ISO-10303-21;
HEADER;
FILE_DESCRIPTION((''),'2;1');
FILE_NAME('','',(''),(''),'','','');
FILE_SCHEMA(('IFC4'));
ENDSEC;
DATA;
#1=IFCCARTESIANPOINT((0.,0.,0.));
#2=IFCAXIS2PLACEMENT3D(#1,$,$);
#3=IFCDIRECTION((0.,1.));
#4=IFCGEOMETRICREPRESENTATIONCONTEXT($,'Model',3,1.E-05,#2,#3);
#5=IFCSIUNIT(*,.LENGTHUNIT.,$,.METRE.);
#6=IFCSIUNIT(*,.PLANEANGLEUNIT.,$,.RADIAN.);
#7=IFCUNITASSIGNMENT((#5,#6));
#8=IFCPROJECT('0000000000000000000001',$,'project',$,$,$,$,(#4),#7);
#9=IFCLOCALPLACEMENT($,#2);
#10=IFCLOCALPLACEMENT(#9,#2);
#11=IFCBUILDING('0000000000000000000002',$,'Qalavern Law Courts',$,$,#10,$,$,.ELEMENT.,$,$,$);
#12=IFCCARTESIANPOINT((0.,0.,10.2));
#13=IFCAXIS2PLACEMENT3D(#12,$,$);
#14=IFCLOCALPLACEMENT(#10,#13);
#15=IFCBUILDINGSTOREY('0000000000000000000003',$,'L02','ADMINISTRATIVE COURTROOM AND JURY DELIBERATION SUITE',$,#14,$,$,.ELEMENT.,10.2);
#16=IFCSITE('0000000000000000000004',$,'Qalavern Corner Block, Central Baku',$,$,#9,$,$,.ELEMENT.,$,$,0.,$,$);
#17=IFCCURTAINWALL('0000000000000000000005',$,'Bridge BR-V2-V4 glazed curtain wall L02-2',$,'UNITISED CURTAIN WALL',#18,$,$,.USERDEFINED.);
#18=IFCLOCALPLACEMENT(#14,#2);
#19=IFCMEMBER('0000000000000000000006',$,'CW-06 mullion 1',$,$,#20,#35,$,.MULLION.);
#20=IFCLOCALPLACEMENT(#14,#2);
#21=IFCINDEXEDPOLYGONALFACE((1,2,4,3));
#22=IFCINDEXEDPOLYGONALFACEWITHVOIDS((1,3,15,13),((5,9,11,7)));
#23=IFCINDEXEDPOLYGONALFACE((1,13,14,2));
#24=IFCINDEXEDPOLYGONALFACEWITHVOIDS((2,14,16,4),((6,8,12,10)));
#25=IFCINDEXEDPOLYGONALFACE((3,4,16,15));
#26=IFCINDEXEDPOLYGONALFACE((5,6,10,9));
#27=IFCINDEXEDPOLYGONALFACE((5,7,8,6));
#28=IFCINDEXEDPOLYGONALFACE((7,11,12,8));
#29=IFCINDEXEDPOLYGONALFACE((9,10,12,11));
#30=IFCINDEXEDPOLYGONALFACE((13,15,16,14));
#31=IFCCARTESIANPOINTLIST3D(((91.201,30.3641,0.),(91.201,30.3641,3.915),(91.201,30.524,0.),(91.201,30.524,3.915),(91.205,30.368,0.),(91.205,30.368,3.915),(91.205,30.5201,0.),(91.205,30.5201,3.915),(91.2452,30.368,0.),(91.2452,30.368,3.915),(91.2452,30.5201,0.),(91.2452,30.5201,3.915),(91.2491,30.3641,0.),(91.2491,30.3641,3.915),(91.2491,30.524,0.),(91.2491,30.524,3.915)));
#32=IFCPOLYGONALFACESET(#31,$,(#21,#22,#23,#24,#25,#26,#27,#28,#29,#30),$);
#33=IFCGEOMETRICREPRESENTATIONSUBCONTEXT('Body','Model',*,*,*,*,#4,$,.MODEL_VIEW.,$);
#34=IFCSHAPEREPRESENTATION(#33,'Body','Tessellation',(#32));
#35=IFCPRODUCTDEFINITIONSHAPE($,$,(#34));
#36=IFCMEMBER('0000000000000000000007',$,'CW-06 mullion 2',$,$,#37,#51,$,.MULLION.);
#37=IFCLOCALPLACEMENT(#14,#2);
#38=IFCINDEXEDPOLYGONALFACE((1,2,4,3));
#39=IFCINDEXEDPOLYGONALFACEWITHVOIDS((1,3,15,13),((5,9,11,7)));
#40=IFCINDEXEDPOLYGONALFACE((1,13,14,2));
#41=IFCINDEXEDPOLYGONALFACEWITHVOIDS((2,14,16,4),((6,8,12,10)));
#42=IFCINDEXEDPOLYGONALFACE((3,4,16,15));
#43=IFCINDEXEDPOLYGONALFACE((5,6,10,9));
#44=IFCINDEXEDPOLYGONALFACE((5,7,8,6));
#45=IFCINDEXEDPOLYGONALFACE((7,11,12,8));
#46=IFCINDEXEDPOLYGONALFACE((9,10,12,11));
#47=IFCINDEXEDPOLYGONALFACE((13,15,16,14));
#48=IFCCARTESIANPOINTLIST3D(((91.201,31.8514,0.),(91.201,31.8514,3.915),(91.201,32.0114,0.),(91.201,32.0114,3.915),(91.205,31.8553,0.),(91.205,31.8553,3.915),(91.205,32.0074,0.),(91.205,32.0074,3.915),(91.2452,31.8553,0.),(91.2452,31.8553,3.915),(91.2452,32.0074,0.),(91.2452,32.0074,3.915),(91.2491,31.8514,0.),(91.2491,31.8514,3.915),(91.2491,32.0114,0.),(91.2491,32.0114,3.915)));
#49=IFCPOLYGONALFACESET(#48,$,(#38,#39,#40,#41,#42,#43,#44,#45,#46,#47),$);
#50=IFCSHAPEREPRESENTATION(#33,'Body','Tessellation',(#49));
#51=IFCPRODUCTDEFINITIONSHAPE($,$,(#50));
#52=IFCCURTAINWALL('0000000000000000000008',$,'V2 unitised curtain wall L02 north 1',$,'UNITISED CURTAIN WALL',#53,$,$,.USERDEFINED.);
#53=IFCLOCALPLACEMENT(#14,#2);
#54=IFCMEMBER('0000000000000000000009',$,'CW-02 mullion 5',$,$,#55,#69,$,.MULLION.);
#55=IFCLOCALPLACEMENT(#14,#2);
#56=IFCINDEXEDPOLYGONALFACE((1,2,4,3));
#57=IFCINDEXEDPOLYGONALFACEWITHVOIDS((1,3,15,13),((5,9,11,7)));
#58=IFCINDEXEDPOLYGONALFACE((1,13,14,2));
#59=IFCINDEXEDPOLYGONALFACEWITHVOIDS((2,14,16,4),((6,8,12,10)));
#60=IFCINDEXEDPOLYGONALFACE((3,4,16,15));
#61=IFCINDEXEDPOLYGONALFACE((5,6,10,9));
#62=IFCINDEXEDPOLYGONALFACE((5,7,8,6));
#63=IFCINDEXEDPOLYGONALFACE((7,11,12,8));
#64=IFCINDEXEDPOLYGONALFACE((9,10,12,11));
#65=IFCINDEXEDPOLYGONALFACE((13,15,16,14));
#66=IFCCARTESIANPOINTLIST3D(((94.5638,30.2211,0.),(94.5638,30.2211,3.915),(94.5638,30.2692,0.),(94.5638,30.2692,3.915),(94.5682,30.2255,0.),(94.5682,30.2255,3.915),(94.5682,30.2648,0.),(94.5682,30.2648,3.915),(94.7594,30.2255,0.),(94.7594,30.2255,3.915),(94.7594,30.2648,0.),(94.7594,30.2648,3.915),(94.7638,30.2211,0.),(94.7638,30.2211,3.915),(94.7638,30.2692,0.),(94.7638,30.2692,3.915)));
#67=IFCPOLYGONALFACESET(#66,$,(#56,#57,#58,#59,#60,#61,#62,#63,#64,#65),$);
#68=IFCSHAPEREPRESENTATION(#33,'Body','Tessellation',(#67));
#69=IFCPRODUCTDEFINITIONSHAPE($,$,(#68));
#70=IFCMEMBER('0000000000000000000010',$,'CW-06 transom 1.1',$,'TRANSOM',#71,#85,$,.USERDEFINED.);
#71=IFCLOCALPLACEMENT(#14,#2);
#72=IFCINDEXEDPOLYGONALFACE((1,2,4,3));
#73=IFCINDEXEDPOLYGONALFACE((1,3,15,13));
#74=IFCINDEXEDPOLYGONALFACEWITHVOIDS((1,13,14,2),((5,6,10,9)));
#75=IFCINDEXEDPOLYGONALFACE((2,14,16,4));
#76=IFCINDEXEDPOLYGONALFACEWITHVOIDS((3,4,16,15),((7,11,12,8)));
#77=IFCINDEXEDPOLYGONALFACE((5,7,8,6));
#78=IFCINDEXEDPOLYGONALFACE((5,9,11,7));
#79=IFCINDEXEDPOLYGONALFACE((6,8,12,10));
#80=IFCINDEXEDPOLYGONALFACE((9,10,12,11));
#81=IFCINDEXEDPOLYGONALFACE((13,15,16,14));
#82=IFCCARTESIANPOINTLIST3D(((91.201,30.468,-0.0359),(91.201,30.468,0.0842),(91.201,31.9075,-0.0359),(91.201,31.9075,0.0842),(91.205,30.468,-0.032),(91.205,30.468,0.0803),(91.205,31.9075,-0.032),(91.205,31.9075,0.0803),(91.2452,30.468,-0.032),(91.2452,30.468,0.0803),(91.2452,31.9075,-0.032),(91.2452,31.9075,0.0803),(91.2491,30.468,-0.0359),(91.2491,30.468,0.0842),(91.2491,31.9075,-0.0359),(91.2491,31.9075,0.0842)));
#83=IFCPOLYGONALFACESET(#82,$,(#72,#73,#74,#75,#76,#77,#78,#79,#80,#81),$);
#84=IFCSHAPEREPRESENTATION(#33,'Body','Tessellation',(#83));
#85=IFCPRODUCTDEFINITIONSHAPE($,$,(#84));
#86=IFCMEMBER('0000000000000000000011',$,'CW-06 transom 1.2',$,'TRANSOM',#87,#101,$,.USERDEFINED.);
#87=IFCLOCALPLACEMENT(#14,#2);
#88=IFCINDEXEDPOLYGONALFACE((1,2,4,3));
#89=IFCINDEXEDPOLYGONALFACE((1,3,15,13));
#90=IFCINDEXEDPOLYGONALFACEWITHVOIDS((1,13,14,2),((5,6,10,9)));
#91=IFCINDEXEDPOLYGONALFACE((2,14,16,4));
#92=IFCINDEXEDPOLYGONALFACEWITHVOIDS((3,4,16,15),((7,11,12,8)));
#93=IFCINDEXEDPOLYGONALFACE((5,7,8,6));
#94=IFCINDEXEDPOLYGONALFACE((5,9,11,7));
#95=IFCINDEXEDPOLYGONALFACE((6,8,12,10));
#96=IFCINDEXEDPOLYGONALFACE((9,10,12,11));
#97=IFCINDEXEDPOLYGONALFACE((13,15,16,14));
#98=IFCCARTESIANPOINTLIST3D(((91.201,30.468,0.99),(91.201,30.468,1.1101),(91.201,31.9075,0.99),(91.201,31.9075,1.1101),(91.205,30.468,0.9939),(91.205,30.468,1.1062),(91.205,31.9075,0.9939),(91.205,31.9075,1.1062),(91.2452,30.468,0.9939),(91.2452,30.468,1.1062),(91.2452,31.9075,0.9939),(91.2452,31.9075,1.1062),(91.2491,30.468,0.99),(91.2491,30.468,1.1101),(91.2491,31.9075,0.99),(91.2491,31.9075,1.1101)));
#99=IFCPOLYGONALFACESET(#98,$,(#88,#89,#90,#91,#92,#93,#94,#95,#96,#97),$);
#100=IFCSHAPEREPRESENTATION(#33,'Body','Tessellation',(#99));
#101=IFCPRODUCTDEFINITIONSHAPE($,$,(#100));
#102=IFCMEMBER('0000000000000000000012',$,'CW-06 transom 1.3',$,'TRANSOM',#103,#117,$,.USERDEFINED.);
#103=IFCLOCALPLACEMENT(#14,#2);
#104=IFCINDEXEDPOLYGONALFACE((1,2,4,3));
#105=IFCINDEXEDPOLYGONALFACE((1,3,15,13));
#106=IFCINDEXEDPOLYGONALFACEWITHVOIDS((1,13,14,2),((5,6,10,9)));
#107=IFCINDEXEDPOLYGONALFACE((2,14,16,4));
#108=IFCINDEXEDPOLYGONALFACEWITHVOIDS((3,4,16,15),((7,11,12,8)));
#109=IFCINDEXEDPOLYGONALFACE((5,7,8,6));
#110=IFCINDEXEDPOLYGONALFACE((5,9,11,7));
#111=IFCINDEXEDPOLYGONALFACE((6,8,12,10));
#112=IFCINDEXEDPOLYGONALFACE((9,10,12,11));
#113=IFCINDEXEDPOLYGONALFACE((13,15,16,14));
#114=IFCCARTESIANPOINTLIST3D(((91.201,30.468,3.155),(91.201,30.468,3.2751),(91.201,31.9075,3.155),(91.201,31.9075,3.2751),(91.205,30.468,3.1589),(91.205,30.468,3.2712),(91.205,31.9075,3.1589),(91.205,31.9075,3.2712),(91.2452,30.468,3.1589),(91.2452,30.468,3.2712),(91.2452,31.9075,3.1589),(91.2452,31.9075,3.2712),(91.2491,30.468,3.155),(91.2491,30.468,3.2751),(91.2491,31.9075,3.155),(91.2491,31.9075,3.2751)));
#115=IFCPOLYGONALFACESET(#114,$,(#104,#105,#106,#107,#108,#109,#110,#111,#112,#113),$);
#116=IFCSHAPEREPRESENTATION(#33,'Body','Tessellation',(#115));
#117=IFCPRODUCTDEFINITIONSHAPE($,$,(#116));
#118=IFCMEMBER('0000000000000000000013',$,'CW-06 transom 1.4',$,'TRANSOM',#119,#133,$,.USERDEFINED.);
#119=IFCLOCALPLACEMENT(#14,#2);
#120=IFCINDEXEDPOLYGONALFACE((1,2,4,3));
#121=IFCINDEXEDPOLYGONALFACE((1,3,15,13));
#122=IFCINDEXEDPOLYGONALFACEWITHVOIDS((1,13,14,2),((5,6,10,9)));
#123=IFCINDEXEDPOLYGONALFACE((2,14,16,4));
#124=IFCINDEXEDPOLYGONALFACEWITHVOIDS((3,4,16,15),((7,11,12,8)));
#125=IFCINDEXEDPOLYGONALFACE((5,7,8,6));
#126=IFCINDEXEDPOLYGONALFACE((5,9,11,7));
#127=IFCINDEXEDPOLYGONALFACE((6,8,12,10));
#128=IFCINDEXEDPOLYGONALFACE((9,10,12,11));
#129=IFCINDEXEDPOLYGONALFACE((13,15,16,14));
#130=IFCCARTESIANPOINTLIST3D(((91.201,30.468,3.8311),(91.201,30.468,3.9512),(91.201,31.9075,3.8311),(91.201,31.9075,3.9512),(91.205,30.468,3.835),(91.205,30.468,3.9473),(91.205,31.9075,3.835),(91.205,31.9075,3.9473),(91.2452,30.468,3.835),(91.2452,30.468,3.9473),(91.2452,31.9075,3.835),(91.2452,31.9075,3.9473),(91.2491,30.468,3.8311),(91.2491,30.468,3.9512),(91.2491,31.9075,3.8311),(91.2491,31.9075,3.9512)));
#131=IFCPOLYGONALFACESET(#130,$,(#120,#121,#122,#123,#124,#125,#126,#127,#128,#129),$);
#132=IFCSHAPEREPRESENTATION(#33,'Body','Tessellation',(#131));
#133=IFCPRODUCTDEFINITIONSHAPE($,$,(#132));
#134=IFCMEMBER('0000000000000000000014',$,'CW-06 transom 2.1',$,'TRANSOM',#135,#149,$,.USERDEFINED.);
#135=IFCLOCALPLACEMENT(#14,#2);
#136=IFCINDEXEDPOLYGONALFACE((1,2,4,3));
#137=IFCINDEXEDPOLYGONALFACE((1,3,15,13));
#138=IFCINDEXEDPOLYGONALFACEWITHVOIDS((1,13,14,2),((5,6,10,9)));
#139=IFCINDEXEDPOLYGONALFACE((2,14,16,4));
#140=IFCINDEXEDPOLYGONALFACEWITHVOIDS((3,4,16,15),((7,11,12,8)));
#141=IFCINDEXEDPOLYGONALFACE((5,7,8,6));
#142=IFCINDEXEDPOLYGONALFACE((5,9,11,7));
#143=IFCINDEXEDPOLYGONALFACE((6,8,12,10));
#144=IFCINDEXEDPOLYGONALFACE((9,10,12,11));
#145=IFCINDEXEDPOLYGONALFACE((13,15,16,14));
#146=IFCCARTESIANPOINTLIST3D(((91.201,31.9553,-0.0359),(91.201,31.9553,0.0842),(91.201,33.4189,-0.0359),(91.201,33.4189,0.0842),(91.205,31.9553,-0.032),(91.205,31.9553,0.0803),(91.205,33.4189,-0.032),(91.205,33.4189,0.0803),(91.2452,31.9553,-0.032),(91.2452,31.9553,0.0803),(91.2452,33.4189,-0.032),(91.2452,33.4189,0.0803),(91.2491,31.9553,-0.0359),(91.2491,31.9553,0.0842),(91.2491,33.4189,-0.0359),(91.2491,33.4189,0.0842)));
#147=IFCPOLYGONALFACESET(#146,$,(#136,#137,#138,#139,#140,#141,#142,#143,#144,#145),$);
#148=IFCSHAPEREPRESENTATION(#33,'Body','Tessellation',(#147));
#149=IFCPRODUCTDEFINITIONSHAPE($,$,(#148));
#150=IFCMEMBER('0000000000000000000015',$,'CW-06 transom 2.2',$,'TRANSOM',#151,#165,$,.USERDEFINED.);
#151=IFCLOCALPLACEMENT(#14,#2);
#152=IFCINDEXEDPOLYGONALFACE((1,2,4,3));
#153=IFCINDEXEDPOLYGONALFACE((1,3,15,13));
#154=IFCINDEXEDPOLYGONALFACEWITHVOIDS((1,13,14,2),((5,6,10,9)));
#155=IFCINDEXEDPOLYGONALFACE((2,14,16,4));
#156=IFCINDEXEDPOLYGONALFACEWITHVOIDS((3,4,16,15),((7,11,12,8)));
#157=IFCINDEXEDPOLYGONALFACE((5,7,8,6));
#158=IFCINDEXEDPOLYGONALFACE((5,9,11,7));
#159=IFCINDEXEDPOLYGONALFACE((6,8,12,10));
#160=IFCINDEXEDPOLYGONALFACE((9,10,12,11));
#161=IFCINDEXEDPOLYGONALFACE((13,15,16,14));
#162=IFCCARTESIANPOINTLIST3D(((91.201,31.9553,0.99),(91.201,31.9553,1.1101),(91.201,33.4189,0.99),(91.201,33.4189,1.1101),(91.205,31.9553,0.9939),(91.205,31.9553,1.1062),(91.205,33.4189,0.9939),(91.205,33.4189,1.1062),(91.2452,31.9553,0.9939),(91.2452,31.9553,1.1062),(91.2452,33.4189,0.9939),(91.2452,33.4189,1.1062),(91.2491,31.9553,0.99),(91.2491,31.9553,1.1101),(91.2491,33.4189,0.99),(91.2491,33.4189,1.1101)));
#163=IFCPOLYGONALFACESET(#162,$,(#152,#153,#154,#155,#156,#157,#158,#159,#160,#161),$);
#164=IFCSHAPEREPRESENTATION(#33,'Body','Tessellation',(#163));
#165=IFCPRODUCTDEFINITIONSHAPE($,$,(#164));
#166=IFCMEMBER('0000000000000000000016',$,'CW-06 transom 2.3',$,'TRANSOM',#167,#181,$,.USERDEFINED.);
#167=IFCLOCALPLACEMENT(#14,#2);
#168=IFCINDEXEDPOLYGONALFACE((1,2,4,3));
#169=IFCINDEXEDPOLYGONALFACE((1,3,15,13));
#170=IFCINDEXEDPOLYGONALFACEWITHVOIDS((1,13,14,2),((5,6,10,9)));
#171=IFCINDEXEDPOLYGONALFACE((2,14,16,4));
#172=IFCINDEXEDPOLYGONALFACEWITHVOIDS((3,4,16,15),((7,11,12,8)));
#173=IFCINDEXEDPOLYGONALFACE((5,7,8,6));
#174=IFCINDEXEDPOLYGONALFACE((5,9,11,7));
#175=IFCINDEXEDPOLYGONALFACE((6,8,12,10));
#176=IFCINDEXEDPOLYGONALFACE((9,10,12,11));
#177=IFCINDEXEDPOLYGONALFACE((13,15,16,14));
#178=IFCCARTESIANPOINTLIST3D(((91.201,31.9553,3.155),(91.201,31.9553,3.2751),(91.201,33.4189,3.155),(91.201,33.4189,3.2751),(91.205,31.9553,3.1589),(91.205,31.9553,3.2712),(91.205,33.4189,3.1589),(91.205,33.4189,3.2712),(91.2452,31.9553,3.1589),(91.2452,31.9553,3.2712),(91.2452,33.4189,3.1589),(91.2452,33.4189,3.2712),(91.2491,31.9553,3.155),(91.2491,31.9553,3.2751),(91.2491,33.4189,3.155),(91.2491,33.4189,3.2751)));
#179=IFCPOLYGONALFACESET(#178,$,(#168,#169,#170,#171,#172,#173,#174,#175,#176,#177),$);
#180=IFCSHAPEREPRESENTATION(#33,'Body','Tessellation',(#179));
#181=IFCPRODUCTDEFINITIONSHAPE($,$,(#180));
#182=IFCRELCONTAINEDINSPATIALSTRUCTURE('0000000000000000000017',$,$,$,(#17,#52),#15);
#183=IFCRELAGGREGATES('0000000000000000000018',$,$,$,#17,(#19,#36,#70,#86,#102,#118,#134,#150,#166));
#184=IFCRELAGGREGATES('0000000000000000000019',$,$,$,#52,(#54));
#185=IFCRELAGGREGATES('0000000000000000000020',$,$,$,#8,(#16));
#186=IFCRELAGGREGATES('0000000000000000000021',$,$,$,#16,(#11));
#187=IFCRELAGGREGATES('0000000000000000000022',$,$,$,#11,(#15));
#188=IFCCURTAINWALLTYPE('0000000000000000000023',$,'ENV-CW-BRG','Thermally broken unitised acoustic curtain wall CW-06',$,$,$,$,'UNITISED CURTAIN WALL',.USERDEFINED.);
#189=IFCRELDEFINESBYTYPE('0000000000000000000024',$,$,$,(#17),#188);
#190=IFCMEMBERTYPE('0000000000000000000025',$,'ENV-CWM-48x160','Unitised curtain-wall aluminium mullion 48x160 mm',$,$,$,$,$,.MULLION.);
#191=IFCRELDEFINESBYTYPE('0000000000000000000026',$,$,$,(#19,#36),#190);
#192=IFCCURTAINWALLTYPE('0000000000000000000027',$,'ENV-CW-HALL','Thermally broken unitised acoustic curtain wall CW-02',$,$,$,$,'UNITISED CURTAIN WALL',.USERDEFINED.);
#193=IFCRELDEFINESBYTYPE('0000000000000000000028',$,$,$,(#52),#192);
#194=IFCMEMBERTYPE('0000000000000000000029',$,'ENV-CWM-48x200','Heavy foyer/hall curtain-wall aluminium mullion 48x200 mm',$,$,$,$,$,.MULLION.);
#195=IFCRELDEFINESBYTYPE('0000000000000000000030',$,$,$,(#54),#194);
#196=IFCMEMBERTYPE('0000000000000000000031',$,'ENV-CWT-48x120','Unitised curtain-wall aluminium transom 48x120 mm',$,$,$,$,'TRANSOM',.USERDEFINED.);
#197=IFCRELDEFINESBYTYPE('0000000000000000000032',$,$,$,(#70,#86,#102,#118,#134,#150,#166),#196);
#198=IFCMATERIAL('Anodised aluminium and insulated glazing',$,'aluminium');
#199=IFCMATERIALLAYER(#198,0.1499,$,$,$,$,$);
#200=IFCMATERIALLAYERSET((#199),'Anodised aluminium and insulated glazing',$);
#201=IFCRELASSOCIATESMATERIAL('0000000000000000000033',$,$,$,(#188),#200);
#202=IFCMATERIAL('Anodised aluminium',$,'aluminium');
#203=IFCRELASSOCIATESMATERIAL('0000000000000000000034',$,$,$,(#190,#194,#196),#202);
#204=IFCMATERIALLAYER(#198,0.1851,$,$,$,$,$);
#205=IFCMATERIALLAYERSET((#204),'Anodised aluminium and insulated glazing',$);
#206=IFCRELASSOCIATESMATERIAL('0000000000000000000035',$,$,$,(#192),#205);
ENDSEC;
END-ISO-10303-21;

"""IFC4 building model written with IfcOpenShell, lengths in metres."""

from ifc_helpers import new_model, si_unit, direction, frame, origin, origin_2d, place, context, subcontext, project, spatial, hollow_rectangle, extrude, material, layer, layer_set, material_profile, profile_set, type_object, element, aggregate, save


model = new_model("IFC4")

# Units and contexts
model_context = context("Model", 3, precision=1e-05, world=origin(), true_north=direction((0.0, 1.0)))
body_context = subcontext(model_context, "Body", "Model", "MODEL_VIEW")
ifc_project = project(units=[si_unit("LENGTHUNIT", "METRE"), si_unit("PLANEANGLEUNIT", "RADIAN")], contexts=[model_context])

# Site, building, storey
site_placement = place(None, origin())
site = spatial("IfcSite", under=ifc_project, at=site_placement, Name="Qalavern Corner Block, Central Baku", CompositionType="ELEMENT", RefElevation=0.0)
building_placement = place(site_placement, origin())
building = spatial("IfcBuilding", under=site, at=building_placement, Name="Qalavern Law Courts", CompositionType="ELEMENT")
storey_placement = place(building_placement, frame((0.0, 0.0, 10.2)))
storey = spatial("IfcBuildingStorey", under=building, at=storey_placement, Name="L02", Description="ADMINISTRATIVE COURTROOM AND JURY DELIBERATION SUITE", CompositionType="ELEMENT", Elevation=10.2)

# Curtain wall, members
ifc_material_1 = material(Name="Anodised aluminium and insulated glazing", Category="aluminium")
ifc_layer_1 = layer(ifc_material_1, 0.1499)
ifc_layer_set_1 = layer_set([ifc_layer_1], Name="Anodised aluminium and insulated glazing")
curtain_wall_type_1 = type_object("IfcCurtainWallType", Name="ENV-CW-BRG", Description="Thermally broken unitised acoustic curtain wall CW-06", ElementType="UNITISED CURTAIN WALL", PredefinedType="USERDEFINED", material=ifc_layer_set_1)
curtain_wall_1_placement = place(storey_placement, origin())
curtain_wall_1 = element("IfcCurtainWall", 1, at=curtain_wall_1_placement, inside=storey, type_object=curtain_wall_type_1, Name="Bridge BR-V2-V4 glazed curtain wall L02-2", ObjectType="UNITISED CURTAIN WALL", PredefinedType="USERDEFINED")
ifc_material_2 = material(Name="Anodised aluminium", Category="aluminium")
ifc_material_profile_1 = material_profile(ifc_material_2, hollow_rectangle(XDim=0.0481, YDim=0.1599, WallThickness=0.0039, at=origin_2d()), Name="ALU MULLION 48x160")
ifc_profile_set_1 = profile_set([ifc_material_profile_1], Name="Anodised aluminium")
member_type_1 = type_object("IfcMemberType", Name="ENV-CWM-48x160", Description="Unitised curtain-wall aluminium mullion 48x160 mm", PredefinedType="MULLION", material=ifc_profile_set_1)
member_1_placement = place(storey_placement, frame((91.2251, 30.4441, 0.0), z_axis=(0.0, 0.0, 1.0), x_axis=(-1.0, 0.0, 0.0)))
member_1 = element("IfcMember", 2, at=member_1_placement, type_object=member_type_1, Name="CW-06 mullion 1", PredefinedType="MULLION", context=body_context, shape_type="SweptSolid", body=[
    extrude(hollow_rectangle(XDim=0.0481, YDim=0.1599, WallThickness=0.0039, at=origin_2d()), origin(), (0.0, 0.0, 1.0), 3.915),
])
member_2_placement = place(storey_placement, frame((91.2251, 31.9314, 0.0), z_axis=(0.0, 0.0, 1.0), x_axis=(-1.0, 0.0, 0.0)))
member_2 = element("IfcMember", 3, at=member_2_placement, type_object=member_type_1, Name="CW-06 mullion 2", PredefinedType="MULLION", context=body_context, shape_type="SweptSolid", body=[
    extrude(hollow_rectangle(XDim=0.0481, YDim=0.1599, WallThickness=0.0039, at=origin_2d()), origin(), (0.0, 0.0, 1.0), 3.915),
])

# Curtain wall, member
ifc_layer_2 = layer(ifc_material_1, 0.1851)
ifc_layer_set_2 = layer_set([ifc_layer_2], Name="Anodised aluminium and insulated glazing")
curtain_wall_type_2 = type_object("IfcCurtainWallType", Name="ENV-CW-HALL", Description="Thermally broken unitised acoustic curtain wall CW-02", ElementType="UNITISED CURTAIN WALL", PredefinedType="USERDEFINED", material=ifc_layer_set_2)
curtain_wall_2_placement = place(storey_placement, origin())
curtain_wall_2 = element("IfcCurtainWall", 4, at=curtain_wall_2_placement, inside=storey, type_object=curtain_wall_type_2, Name="V2 unitised curtain wall L02 north 1", ObjectType="UNITISED CURTAIN WALL", PredefinedType="USERDEFINED")
ifc_material_profile_2 = material_profile(ifc_material_2, hollow_rectangle(XDim=0.0481, YDim=0.2, WallThickness=0.0044, at=origin_2d()), Name="ALU MULLION 48x200")
ifc_profile_set_2 = profile_set([ifc_material_profile_2], Name="Anodised aluminium")
member_type_2 = type_object("IfcMemberType", Name="ENV-CWM-48x200", Description="Heavy foyer/hall curtain-wall aluminium mullion 48x200 mm", PredefinedType="MULLION", material=ifc_profile_set_2)
member_3_placement = place(storey_placement, frame((94.6638, 30.2451, 0.0), z_axis=(0.0, 0.0, 1.0), x_axis=(0.0, -1.0, 0.0)))
member_3 = element("IfcMember", 5, at=member_3_placement, type_object=member_type_2, Name="CW-02 mullion 5", PredefinedType="MULLION", context=body_context, shape_type="SweptSolid", body=[
    extrude(hollow_rectangle(XDim=0.0481, YDim=0.2, WallThickness=0.0044, at=origin_2d()), origin(), (0.0, 0.0, 1.0), 3.915),
])

# Members
ifc_material_profile_3 = material_profile(ifc_material_2, hollow_rectangle(XDim=0.0481, YDim=0.1201, WallThickness=0.0039, at=origin_2d()), Name="ALU TRANSOM 48x120")
ifc_profile_set_3 = profile_set([ifc_material_profile_3], Name="Anodised aluminium")
member_type_3 = type_object("IfcMemberType", Name="ENV-CWT-48x120", Description="Unitised curtain-wall aluminium transom 48x120 mm", ElementType="TRANSOM", PredefinedType="USERDEFINED", material=ifc_profile_set_3)
member_4_placement = place(storey_placement, frame((91.2251, 30.468, 0.0242), z_axis=(0.0, 1.0, 0.0), x_axis=(-1.0, 0.0, 0.0)))
member_4 = element("IfcMember", 6, at=member_4_placement, type_object=member_type_3, Name="CW-06 transom 1.1", ObjectType="TRANSOM", PredefinedType="USERDEFINED", context=body_context, shape_type="SweptSolid", body=[
    extrude(hollow_rectangle(XDim=0.0481, YDim=0.1201, WallThickness=0.0039, at=origin_2d()), origin(), (0.0, 0.0, 1.0), 1.4395),
])
member_5_placement = place(storey_placement, frame((91.2251, 30.468, 1.05), z_axis=(0.0, 1.0, 0.0), x_axis=(-1.0, 0.0, 0.0)))
member_5 = element("IfcMember", 7, at=member_5_placement, type_object=member_type_3, Name="CW-06 transom 1.2", ObjectType="TRANSOM", PredefinedType="USERDEFINED", context=body_context, shape_type="SweptSolid", body=[
    extrude(hollow_rectangle(XDim=0.0481, YDim=0.1201, WallThickness=0.0039, at=origin_2d()), origin(), (0.0, 0.0, 1.0), 1.4395),
])
member_6_placement = place(storey_placement, frame((91.2251, 30.468, 3.2151), z_axis=(0.0, 1.0, 0.0), x_axis=(-1.0, 0.0, 0.0)))
member_6 = element("IfcMember", 8, at=member_6_placement, type_object=member_type_3, Name="CW-06 transom 1.3", ObjectType="TRANSOM", PredefinedType="USERDEFINED", context=body_context, shape_type="SweptSolid", body=[
    extrude(hollow_rectangle(XDim=0.0481, YDim=0.1201, WallThickness=0.0039, at=origin_2d()), origin(), (0.0, 0.0, 1.0), 1.4395),
])
member_7_placement = place(storey_placement, frame((91.2251, 30.468, 3.8911), z_axis=(0.0, 1.0, 0.0), x_axis=(-1.0, 0.0, 0.0)))
member_7 = element("IfcMember", 9, at=member_7_placement, type_object=member_type_3, Name="CW-06 transom 1.4", ObjectType="TRANSOM", PredefinedType="USERDEFINED", context=body_context, shape_type="SweptSolid", body=[
    extrude(hollow_rectangle(XDim=0.0481, YDim=0.1201, WallThickness=0.0039, at=origin_2d()), origin(), (0.0, 0.0, 1.0), 1.4395),
])
member_8_placement = place(storey_placement, frame((91.2251, 31.9553, 0.0242), z_axis=(0.0, 1.0, 0.0), x_axis=(-1.0, 0.0, 0.0)))
member_8 = element("IfcMember", 10, at=member_8_placement, type_object=member_type_3, Name="CW-06 transom 2.1", ObjectType="TRANSOM", PredefinedType="USERDEFINED", context=body_context, shape_type="SweptSolid", body=[
    extrude(hollow_rectangle(XDim=0.0481, YDim=0.1201, WallThickness=0.0039, at=origin_2d()), origin(), (0.0, 0.0, 1.0), 1.4636),
])
member_9_placement = place(storey_placement, frame((91.2251, 31.9553, 1.05), z_axis=(0.0, 1.0, 0.0), x_axis=(-1.0, 0.0, 0.0)))
member_9 = element("IfcMember", 11, at=member_9_placement, type_object=member_type_3, Name="CW-06 transom 2.2", ObjectType="TRANSOM", PredefinedType="USERDEFINED", context=body_context, shape_type="SweptSolid", body=[
    extrude(hollow_rectangle(XDim=0.0481, YDim=0.1201, WallThickness=0.0039, at=origin_2d()), origin(), (0.0, 0.0, 1.0), 1.4636),
])
member_10_placement = place(storey_placement, frame((91.2251, 31.9553, 3.2151), z_axis=(0.0, 1.0, 0.0), x_axis=(-1.0, 0.0, 0.0)))
member_10 = element("IfcMember", 12, at=member_10_placement, type_object=member_type_3, Name="CW-06 transom 2.3", ObjectType="TRANSOM", PredefinedType="USERDEFINED", context=body_context, shape_type="SweptSolid", body=[
    extrude(hollow_rectangle(XDim=0.0481, YDim=0.1201, WallThickness=0.0039, at=origin_2d()), origin(), (0.0, 0.0, 1.0), 1.4636),
])

aggregate(curtain_wall_1, [member_1, member_2, member_4, member_5, member_6, member_7, member_8, member_9, member_10])
aggregate(curtain_wall_2, [member_3])

save(model, "model.ifc")
